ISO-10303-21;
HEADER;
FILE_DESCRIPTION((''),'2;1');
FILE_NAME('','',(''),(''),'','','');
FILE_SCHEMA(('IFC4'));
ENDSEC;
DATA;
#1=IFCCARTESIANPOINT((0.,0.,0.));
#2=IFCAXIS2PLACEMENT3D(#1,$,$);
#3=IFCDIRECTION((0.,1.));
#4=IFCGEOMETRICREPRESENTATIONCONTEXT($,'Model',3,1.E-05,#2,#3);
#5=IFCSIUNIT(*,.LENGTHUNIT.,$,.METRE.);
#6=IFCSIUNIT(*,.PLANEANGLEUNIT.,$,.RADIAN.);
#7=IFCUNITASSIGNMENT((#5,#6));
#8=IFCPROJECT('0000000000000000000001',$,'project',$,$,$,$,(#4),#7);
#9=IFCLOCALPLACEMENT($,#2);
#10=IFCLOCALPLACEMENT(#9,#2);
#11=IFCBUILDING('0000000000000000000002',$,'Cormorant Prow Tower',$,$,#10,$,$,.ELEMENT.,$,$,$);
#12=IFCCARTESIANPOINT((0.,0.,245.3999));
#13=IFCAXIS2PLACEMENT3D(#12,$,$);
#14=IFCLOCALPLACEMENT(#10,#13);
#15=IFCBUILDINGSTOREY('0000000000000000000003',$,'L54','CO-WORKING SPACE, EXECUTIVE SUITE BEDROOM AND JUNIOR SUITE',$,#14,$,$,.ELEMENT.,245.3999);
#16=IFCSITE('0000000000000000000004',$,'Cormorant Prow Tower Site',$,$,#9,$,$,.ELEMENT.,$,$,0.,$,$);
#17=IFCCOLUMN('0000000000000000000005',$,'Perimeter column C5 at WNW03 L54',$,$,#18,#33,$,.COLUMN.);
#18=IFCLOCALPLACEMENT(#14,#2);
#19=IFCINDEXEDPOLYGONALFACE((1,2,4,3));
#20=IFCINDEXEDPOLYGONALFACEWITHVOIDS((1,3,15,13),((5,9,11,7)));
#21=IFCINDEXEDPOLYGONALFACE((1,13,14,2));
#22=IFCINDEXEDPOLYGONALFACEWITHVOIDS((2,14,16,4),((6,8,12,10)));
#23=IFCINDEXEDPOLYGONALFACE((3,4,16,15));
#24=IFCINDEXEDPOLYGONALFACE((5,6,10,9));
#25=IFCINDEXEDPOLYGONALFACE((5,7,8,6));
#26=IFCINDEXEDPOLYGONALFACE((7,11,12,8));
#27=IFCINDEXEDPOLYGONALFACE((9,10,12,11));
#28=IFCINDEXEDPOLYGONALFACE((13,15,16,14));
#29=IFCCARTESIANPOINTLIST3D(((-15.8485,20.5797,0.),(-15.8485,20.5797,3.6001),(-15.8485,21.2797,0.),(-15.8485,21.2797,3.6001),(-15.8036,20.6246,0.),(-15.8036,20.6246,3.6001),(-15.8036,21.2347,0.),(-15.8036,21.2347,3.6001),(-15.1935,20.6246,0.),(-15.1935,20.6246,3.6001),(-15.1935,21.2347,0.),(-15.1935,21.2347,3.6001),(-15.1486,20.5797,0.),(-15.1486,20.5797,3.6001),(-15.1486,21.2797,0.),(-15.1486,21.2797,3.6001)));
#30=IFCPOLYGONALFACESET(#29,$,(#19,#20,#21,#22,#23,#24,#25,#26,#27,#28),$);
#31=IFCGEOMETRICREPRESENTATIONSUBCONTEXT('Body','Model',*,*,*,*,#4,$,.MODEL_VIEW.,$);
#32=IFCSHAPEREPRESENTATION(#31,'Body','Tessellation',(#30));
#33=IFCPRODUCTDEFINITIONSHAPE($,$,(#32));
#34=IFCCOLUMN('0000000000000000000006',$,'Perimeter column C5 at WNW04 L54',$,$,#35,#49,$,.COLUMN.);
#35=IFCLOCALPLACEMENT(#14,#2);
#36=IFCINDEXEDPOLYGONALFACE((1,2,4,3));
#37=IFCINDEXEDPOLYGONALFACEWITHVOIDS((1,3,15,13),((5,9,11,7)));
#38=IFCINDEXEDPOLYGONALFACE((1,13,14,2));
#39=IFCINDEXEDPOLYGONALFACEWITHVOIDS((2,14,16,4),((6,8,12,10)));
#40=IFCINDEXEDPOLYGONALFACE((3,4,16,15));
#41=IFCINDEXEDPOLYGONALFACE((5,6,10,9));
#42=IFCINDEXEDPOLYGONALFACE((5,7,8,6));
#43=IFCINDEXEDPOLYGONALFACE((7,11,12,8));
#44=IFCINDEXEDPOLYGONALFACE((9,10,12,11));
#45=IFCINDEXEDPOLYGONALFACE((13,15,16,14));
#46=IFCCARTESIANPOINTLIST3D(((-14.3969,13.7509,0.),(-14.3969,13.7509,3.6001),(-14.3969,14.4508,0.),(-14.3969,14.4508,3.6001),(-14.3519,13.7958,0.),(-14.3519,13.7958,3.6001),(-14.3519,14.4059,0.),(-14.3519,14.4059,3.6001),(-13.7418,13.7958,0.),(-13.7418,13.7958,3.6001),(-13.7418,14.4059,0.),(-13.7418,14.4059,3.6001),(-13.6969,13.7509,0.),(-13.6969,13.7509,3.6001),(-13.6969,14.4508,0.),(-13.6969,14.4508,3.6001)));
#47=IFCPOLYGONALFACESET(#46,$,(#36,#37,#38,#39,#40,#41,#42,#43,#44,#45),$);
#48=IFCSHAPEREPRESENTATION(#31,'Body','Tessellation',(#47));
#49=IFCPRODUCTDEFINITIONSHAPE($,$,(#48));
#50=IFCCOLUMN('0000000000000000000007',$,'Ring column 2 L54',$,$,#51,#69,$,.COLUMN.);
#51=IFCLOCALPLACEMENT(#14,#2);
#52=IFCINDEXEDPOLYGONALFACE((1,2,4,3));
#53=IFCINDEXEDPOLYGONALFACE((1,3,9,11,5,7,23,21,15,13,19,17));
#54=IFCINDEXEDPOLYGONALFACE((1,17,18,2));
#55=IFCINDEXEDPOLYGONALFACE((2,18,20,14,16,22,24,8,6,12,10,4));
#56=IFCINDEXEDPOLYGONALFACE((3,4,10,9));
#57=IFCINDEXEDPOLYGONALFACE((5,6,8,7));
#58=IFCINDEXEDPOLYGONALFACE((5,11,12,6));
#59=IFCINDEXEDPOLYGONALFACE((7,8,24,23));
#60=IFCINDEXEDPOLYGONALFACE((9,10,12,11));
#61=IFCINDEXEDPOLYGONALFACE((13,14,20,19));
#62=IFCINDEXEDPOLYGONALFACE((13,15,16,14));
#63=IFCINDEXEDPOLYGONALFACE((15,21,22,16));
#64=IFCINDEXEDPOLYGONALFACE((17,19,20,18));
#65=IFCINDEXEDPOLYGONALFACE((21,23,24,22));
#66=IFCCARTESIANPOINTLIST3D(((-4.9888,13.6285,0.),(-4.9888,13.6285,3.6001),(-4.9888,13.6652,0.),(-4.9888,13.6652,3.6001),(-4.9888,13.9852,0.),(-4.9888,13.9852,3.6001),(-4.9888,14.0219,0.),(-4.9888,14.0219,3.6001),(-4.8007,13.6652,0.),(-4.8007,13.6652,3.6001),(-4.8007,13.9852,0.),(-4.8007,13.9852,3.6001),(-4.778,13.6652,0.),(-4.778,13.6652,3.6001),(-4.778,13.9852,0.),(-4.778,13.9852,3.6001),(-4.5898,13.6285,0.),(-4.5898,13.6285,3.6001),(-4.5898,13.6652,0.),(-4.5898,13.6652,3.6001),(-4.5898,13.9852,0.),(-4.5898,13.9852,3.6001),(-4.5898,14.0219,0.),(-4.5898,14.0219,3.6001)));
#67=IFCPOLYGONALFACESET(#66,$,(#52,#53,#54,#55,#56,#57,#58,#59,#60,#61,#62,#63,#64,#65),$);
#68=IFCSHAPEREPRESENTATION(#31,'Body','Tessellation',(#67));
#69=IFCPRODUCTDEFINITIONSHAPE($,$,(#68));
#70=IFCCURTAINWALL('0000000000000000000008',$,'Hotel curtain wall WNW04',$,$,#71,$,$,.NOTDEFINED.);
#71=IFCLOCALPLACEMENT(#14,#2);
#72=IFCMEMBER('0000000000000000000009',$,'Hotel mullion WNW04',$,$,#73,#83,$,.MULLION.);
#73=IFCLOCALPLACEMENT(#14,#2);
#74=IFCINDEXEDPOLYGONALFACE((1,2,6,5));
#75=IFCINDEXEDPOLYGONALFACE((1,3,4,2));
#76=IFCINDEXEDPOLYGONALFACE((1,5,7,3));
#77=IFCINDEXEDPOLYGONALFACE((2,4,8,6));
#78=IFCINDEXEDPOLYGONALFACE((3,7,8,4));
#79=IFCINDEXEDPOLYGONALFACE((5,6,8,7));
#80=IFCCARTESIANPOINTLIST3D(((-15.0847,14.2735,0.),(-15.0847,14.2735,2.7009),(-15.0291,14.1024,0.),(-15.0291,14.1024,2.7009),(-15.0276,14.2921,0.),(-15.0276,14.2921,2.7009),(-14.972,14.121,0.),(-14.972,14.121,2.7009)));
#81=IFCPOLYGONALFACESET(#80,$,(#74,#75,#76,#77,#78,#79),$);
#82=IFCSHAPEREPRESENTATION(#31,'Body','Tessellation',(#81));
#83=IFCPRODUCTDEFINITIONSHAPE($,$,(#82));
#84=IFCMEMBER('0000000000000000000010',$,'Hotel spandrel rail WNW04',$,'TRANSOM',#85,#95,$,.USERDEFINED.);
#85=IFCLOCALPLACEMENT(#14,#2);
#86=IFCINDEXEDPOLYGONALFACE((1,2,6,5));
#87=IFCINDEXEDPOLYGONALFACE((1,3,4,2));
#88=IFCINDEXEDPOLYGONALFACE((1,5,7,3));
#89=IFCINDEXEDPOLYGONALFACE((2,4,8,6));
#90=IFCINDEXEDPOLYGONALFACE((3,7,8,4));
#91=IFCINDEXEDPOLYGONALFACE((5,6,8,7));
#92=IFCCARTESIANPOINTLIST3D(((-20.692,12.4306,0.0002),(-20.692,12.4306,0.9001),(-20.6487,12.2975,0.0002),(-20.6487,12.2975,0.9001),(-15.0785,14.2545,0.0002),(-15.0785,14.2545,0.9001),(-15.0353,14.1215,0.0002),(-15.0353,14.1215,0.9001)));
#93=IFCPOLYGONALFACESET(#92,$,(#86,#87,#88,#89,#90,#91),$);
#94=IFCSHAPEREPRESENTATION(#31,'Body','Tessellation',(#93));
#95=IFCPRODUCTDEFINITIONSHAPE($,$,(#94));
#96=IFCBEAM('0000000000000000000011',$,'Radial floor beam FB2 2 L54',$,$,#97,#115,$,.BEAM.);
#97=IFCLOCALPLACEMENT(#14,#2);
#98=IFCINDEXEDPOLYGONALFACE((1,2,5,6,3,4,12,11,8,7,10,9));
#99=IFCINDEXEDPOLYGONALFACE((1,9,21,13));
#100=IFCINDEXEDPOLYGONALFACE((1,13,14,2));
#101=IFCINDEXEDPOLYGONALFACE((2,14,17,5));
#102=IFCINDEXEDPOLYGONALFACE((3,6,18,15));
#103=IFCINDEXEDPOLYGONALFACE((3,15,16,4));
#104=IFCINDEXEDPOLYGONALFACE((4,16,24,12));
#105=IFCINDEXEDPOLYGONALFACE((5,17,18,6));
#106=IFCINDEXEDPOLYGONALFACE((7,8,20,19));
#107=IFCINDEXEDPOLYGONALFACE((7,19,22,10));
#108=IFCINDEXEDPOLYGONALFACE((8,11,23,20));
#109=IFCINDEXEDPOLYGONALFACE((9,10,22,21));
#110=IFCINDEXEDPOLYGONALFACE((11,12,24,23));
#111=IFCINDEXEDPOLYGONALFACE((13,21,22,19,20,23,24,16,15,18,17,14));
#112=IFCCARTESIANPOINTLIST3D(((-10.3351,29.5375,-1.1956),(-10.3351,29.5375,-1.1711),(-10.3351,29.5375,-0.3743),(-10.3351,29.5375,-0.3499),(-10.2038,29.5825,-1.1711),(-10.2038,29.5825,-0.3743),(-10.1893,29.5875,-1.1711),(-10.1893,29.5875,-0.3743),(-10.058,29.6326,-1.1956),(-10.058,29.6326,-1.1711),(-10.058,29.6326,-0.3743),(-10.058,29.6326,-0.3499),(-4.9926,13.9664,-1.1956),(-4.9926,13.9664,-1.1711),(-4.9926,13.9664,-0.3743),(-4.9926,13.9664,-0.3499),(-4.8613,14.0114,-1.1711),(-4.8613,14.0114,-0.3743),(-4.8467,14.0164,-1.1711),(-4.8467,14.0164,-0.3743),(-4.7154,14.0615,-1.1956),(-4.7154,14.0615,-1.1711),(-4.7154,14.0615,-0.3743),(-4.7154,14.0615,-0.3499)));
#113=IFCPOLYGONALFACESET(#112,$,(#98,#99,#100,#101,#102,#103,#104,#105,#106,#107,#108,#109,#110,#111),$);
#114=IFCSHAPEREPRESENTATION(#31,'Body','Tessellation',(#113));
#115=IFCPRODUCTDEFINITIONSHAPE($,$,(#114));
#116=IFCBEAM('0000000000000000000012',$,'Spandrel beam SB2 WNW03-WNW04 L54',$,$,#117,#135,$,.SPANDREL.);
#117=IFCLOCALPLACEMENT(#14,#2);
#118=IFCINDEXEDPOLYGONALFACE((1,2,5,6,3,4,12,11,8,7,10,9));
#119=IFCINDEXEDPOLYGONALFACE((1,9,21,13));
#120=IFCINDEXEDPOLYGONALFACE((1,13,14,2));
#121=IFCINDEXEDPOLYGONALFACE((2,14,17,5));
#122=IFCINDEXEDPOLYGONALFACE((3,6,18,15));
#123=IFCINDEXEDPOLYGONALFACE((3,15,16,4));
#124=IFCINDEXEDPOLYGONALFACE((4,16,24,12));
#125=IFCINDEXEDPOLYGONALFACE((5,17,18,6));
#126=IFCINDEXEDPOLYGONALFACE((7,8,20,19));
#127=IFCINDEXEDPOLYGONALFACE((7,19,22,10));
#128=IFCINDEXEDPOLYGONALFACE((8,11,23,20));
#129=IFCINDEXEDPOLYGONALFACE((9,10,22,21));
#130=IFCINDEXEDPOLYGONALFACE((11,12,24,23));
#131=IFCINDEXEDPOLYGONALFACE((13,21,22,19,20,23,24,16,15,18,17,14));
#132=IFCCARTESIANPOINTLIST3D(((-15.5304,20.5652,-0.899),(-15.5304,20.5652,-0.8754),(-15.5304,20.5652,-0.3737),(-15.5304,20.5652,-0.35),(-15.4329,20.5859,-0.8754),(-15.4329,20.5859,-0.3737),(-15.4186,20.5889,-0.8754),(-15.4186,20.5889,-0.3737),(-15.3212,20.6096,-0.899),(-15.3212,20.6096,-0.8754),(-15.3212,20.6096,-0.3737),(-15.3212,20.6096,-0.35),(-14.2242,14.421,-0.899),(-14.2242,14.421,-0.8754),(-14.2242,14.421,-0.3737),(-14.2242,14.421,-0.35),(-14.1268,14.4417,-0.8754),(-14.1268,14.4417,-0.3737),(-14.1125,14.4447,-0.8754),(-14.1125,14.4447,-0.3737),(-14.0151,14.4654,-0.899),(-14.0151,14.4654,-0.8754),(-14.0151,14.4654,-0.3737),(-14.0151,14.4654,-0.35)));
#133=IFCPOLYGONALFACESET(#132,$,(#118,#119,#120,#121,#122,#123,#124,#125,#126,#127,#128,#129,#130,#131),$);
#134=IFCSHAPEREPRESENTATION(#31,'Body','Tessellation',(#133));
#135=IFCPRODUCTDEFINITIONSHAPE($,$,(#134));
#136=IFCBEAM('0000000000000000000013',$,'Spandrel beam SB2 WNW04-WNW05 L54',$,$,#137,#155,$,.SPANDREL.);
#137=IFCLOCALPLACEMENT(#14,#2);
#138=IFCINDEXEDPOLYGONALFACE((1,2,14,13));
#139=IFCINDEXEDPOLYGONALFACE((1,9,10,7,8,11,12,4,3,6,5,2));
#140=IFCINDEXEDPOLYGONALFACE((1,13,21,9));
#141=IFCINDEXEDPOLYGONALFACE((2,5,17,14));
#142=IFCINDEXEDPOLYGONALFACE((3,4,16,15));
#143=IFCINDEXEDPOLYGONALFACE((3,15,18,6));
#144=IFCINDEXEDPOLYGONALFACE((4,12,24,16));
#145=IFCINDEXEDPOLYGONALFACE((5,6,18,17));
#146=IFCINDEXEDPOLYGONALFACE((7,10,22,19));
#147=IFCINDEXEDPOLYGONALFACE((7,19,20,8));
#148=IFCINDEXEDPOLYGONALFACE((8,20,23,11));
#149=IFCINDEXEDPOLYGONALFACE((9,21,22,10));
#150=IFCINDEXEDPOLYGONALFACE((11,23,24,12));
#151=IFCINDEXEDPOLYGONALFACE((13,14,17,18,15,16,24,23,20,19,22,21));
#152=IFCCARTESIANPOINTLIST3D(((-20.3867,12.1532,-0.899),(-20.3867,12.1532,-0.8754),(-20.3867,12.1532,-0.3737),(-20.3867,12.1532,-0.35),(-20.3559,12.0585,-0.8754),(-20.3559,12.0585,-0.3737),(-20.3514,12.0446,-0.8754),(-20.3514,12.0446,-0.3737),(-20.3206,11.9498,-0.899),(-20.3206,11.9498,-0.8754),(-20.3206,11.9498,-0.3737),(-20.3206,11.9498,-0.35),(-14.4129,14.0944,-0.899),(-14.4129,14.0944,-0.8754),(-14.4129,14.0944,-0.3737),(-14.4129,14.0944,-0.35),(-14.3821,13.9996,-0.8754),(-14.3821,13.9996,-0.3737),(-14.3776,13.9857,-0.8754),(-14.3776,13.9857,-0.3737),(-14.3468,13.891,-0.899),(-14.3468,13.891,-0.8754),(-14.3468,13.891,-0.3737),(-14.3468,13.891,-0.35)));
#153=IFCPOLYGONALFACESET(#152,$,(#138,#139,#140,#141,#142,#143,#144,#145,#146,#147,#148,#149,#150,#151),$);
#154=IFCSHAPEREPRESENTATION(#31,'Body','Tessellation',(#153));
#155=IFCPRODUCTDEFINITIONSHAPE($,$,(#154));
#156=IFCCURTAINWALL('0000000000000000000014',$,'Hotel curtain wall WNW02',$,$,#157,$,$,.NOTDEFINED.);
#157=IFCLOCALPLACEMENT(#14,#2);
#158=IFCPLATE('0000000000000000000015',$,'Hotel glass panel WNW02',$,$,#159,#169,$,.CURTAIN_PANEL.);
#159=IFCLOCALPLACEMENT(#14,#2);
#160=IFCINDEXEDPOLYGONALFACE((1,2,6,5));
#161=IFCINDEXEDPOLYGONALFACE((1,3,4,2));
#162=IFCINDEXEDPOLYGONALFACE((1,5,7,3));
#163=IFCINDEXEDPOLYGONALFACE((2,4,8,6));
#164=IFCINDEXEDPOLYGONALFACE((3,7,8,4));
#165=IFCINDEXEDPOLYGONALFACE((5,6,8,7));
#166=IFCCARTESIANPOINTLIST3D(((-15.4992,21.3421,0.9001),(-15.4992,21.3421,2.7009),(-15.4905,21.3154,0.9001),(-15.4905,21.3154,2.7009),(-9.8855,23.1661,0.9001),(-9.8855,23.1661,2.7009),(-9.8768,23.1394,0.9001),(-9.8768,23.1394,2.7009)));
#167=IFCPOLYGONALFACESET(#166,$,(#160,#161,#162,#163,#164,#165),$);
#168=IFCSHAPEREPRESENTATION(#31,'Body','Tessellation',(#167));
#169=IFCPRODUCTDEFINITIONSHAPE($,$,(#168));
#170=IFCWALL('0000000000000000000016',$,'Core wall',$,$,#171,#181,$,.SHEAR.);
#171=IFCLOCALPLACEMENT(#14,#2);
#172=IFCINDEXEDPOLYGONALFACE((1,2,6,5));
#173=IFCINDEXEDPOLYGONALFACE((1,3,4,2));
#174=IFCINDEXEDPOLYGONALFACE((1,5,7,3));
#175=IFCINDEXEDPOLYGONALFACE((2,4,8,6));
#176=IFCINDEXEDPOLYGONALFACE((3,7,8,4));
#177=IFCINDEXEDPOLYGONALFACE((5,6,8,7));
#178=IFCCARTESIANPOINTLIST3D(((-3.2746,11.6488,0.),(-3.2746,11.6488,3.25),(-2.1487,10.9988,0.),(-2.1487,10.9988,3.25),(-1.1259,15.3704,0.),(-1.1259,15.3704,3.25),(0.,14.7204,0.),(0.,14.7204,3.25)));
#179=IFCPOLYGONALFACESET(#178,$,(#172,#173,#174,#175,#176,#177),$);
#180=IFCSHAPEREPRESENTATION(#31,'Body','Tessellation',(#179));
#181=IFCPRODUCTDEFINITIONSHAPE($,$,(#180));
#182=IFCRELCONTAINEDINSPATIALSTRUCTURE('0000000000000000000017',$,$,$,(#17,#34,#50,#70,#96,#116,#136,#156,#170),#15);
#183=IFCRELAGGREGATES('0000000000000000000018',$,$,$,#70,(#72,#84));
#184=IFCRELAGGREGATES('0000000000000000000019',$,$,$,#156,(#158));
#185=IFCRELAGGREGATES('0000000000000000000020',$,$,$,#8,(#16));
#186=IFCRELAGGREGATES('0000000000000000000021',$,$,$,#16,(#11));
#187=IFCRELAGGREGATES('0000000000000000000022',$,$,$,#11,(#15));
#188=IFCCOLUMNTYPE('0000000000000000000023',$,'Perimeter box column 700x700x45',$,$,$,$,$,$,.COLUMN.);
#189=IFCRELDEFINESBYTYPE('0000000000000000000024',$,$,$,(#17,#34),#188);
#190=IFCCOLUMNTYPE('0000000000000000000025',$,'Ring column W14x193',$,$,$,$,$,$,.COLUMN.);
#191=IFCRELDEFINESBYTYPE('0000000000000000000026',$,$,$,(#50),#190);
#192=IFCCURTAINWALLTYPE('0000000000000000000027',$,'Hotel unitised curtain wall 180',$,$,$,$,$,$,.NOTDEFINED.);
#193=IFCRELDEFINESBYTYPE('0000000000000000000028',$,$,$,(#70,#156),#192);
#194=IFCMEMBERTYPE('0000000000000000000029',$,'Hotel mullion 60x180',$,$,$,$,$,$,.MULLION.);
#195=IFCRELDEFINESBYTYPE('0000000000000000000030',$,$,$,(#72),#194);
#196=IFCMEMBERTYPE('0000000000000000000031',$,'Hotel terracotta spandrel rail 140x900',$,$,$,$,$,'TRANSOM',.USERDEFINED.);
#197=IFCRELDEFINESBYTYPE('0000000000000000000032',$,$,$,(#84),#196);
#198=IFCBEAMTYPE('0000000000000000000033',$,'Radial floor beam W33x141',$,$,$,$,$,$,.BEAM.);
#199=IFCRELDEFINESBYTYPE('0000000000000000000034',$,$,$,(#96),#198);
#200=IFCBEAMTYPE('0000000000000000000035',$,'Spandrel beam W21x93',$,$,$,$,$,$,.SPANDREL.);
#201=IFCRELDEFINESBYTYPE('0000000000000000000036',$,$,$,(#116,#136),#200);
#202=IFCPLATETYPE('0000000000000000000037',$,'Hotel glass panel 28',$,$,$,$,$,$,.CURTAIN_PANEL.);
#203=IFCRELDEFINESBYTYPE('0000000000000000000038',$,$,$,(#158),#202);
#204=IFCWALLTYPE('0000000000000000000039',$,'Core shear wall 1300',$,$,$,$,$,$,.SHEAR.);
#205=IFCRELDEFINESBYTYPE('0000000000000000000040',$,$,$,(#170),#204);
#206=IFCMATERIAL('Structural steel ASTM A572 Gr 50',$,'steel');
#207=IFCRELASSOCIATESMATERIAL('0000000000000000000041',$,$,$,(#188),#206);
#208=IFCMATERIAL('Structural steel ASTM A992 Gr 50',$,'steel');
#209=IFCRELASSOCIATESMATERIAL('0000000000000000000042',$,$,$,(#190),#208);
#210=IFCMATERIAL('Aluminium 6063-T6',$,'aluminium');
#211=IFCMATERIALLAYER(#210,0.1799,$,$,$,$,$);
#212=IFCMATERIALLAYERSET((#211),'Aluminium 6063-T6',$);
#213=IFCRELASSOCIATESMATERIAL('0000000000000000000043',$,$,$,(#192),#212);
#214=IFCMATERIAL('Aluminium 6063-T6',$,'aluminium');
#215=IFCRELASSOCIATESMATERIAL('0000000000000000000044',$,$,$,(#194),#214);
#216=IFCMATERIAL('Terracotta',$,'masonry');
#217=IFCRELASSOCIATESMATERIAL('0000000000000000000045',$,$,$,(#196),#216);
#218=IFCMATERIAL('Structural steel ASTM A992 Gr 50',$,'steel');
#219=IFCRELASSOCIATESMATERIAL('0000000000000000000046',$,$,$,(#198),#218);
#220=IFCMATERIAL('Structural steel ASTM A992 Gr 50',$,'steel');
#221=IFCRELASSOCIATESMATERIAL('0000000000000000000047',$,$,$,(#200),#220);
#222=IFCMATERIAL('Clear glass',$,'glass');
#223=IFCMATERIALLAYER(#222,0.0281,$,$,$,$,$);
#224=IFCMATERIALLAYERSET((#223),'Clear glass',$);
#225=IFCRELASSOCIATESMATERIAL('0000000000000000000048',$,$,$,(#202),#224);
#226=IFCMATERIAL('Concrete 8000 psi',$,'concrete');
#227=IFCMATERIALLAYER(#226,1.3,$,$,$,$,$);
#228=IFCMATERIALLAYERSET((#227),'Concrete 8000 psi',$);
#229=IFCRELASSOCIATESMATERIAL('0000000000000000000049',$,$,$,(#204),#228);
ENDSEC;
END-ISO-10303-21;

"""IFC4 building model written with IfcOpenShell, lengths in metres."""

from ifc_helpers import new_model, si_unit, direction, frame, frame_2d, origin, origin_2d, place, context, subcontext, project, spatial, rectangle, hollow_rectangle, i_section, extrude, material, layer, layer_set, material_profile, profile_set, type_object, element, aggregate, save


model = new_model("IFC4")

# Units and contexts
model_context = context("Model", 3, precision=1e-05, world=origin(), true_north=direction((0.0, 1.0)))
body_context = subcontext(model_context, "Body", "Model", "MODEL_VIEW")
ifc_project = project(units=[si_unit("LENGTHUNIT", "METRE"), si_unit("PLANEANGLEUNIT", "RADIAN")], contexts=[model_context])

# Site, building, storey
site_placement = place(None, origin())
site = spatial("IfcSite", under=ifc_project, at=site_placement, Name="Cormorant Prow Tower Site", CompositionType="ELEMENT", RefElevation=0.0)
building_placement = place(site_placement, origin())
building = spatial("IfcBuilding", under=site, at=building_placement, Name="Cormorant Prow Tower", CompositionType="ELEMENT")
storey_placement = place(building_placement, frame((0.0, 0.0, 245.3999)))
storey = spatial("IfcBuildingStorey", under=building, at=storey_placement, Name="L54", Description="CO-WORKING SPACE, EXECUTIVE SUITE BEDROOM AND JUNIOR SUITE", CompositionType="ELEMENT", Elevation=245.3999)

# Columns
ifc_material_1 = material(Name="Structural steel ASTM A572 Gr 50", Category="steel")
ifc_material_profile_1 = material_profile(ifc_material_1, hollow_rectangle(XDim=0.7, YDim=0.7, WallThickness=0.0449, at=origin_2d()), Name="Box 700x700x45")
ifc_profile_set_1 = profile_set([ifc_material_profile_1], Name="Structural steel ASTM A572 Gr 50")
column_type_1 = type_object("IfcColumnType", Name="Perimeter box column 700x700x45", PredefinedType="COLUMN", material=ifc_profile_set_1)
for number, where, z_axis, x_axis, name in (
    (1, (-15.4985, 20.9297, 0.0), (0.0, 0.0, 1.0), (1.0, 0.0, 0.0), "Perimeter column C5 at WNW03 L54"),
    (2, (-14.0469, 14.1008, 0.0), (0.0, 0.0, 1.0), (1.0, 0.0, 0.0), "Perimeter column C5 at WNW04 L54"),
):
    element("IfcColumn", number, at=place(storey_placement, frame(where, z_axis=z_axis, x_axis=x_axis)), inside=storey, type_object=column_type_1, Name=name, PredefinedType="COLUMN", context=body_context, shape_type="SweptSolid", body=[
        extrude(hollow_rectangle(XDim=0.7, YDim=0.7, WallThickness=0.0449, at=origin_2d()), origin(), (0.0, 0.0, 1.0), 3.6001),
    ])
ifc_material_2 = material(Name="Structural steel ASTM A992 Gr 50", Category="steel")
ifc_material_profile_2 = material_profile(ifc_material_2, i_section(OverallWidth=0.3989, OverallDepth=0.3933, WebThickness=0.0227, FlangeThickness=0.0366, at=origin_2d()), Name="W14x193")
ifc_profile_set_2 = profile_set([ifc_material_profile_2], Name="Structural steel ASTM A992 Gr 50")
column_type_2 = type_object("IfcColumnType", Name="Ring column W14x193", PredefinedType="COLUMN", material=ifc_profile_set_2)
column_placement = place(storey_placement, frame((-4.7893, 13.8252, 0.0), z_axis=(0.0, 0.0, 1.0), x_axis=(1.0, 0.0, 0.0)))
element("IfcColumn", 3, at=column_placement, inside=storey, type_object=column_type_2, Name="Ring column 2 L54", PredefinedType="COLUMN", context=body_context, shape_type="SweptSolid", body=[
    extrude(i_section(OverallWidth=0.3989, OverallDepth=0.3933, WebThickness=0.0227, FlangeThickness=0.0366, at=origin_2d()), origin(), (0.0, 0.0, 1.0), 3.6001),
])

# Curtain wall, members
ifc_material_3 = material(Name="Aluminium 6063-T6", Category="aluminium")
ifc_layer_1 = layer(ifc_material_3, 0.1799)
ifc_layer_set_1 = layer_set([ifc_layer_1], Name="Aluminium 6063-T6")
curtain_wall_type = type_object("IfcCurtainWallType", Name="Hotel unitised curtain wall 180", PredefinedType="NOTDEFINED", material=ifc_layer_set_1)
curtain_wall_1_placement = place(storey_placement, origin())
curtain_wall_1 = element("IfcCurtainWall", 4, at=curtain_wall_1_placement, inside=storey, type_object=curtain_wall_type, Name="Hotel curtain wall WNW04", PredefinedType="NOTDEFINED")
ifc_material_4 = material(Name="Aluminium 6063-T6", Category="aluminium")
ifc_material_profile_3 = material_profile(ifc_material_4, rectangle(XDim=0.1799, YDim=0.0601, at=origin_2d()), Name="Hotel mullion 60x180")
ifc_profile_set_3 = profile_set([ifc_material_profile_3], Name="Aluminium 6063-T6")
member_type_1 = type_object("IfcMemberType", Name="Hotel mullion 60x180", PredefinedType="MULLION", material=ifc_profile_set_3)
member_1_placement = place(storey_placement, frame((-15.0283, 14.1973, 0.0), z_axis=(0.0, 0.0, 1.0), x_axis=(0.309017, -0.951057, 0.0)))
member_1 = element("IfcMember", 5, at=member_1_placement, type_object=member_type_1, Name="Hotel mullion WNW04", PredefinedType="MULLION", context=body_context, shape_type="SweptSolid", body=[
    extrude(rectangle(XDim=0.1799, YDim=0.0601, at=origin_2d()), origin(), (0.0, 0.0, 1.0), 2.7009),
])
ifc_material_5 = material(Name="Terracotta", Category="masonry")
ifc_material_profile_4 = material_profile(ifc_material_5, rectangle(XDim=0.1399, YDim=0.8999, at=origin_2d()), Name="Hotel terracotta spandrel rail 140x900")
ifc_profile_set_4 = profile_set([ifc_material_profile_4], Name="Terracotta")
member_type_2 = type_object("IfcMemberType", Name="Hotel terracotta spandrel rail 140x900", ElementType="TRANSOM", PredefinedType="USERDEFINED", material=ifc_profile_set_4)
member_2_placement = place(storey_placement, frame((-15.0569, 14.188, 0.4502), z_axis=(-0.951055, -0.309022, 0.0), x_axis=(0.309022, -0.951055, 0.0)))
member_2 = element("IfcMember", 6, at=member_2_placement, type_object=member_type_2, Name="Hotel spandrel rail WNW04", ObjectType="TRANSOM", PredefinedType="USERDEFINED", context=body_context, shape_type="SweptSolid", body=[
    extrude(rectangle(XDim=0.1399, YDim=0.8999, at=origin_2d()), origin(), (0.0, 0.0, 1.0), 5.9023),
])
aggregate(curtain_wall_1, [member_1, member_2])

# Beams
ifc_material_6 = material(Name="Structural steel ASTM A992 Gr 50", Category="steel")
ifc_material_profile_5 = material_profile(ifc_material_6, i_section(OverallWidth=0.293, OverallDepth=0.8457, WebThickness=0.0154, FlangeThickness=0.0244, at=origin_2d()), Name="W33x141")
ifc_profile_set_5 = profile_set([ifc_material_profile_5], Name="Structural steel ASTM A992 Gr 50")
beam_type_1 = type_object("IfcBeamType", Name="Radial floor beam W33x141", PredefinedType="BEAM", material=ifc_profile_set_5)
beam_1_placement = place(storey_placement, frame((-4.854, 14.0139, -0.7727), z_axis=(-0.324536, 0.945874, 0.0), x_axis=(-0.945874, -0.324536, 0.0)))
element("IfcBeam", 7, at=beam_1_placement, inside=storey, type_object=beam_type_1, Name="Radial floor beam FB2 2 L54", PredefinedType="BEAM", context=body_context, shape_type="SweptSolid", body=[
    extrude(i_section(OverallWidth=0.293, OverallDepth=0.8457, WebThickness=0.0154, FlangeThickness=0.0244, at=origin_2d()), origin(), (0.0, 0.0, 1.0), 16.4622),
])
ifc_material_7 = material(Name="Structural steel ASTM A992 Gr 50", Category="steel")
ifc_material_profile_6 = material_profile(ifc_material_7, i_section(OverallWidth=0.2139, OverallDepth=0.5491, WebThickness=0.0146, FlangeThickness=0.0237, at=origin_2d()), Name="W21x93")
ifc_profile_set_6 = profile_set([ifc_material_profile_6], Name="Structural steel ASTM A992 Gr 50")
beam_type_2 = type_object("IfcBeamType", Name="Spandrel beam W21x93", PredefinedType="SPANDREL", material=ifc_profile_set_6)
beam_2_placement = place(storey_placement, frame((-15.4258, 20.5874, -0.6245), z_axis=(0.207934, -0.978143, 0.0), x_axis=(0.978143, 0.207934, 0.0)))
element("IfcBeam", 8, at=beam_2_placement, inside=storey, type_object=beam_type_2, Name="Spandrel beam SB2 WNW03-WNW04 L54", PredefinedType="SPANDREL", context=body_context, shape_type="SweptSolid", body=[
    extrude(i_section(OverallWidth=0.2139, OverallDepth=0.5491, WebThickness=0.0146, FlangeThickness=0.0237, at=origin_2d()), origin(), (0.0, 0.0, 1.0), 6.2815),
])
beam_3_placement = place(storey_placement, frame((-14.3799, 13.9927, -0.6245), z_axis=(-0.95105, -0.309036, 0.0), x_axis=(0.309036, -0.95105, 0.0)))
element("IfcBeam", 9, at=beam_3_placement, inside=storey, type_object=beam_type_2, Name="Spandrel beam SB2 WNW04-WNW05 L54", PredefinedType="SPANDREL", context=body_context, shape_type="SweptSolid", body=[
    extrude(i_section(OverallWidth=0.2139, OverallDepth=0.5491, WebThickness=0.0146, FlangeThickness=0.0237, at=origin_2d()), origin(), (0.0, 0.0, 1.0), 6.2812),
])

# Curtain wall, plate
curtain_wall_2_placement = place(storey_placement, origin())
curtain_wall_2 = element("IfcCurtainWall", 10, at=curtain_wall_2_placement, inside=storey, type_object=curtain_wall_type, Name="Hotel curtain wall WNW02", PredefinedType="NOTDEFINED")
ifc_material_8 = material(Name="Clear glass", Category="glass")
ifc_layer_2 = layer(ifc_material_8, 0.0281)
ifc_layer_set_2 = layer_set([ifc_layer_2], Name="Clear glass")
plate_type = type_object("IfcPlateType", Name="Hotel glass panel 28", PredefinedType="CURTAIN_PANEL", material=ifc_layer_set_2)
plate_placement = place(storey_placement, frame((-12.688, 22.2407, 0.9001), z_axis=(0.0, 0.0, 1.0), x_axis=(-0.951057, -0.309017, 0.0)))
plate = element("IfcPlate", 11, at=plate_placement, type_object=plate_type, Name="Hotel glass panel WNW02", PredefinedType="CURTAIN_PANEL", context=body_context, shape_type="SweptSolid", body=[
    extrude(rectangle(XDim=5.9026, YDim=0.0281, at=origin_2d()), origin(), (0.0, 0.0, 1.0), 1.8008),
])
aggregate(curtain_wall_2, [plate])

# Wall
ifc_material_9 = material(Name="Concrete 8000 psi", Category="concrete")
ifc_layer_3 = layer(ifc_material_9, 1.3)
ifc_layer_set_3 = layer_set([ifc_layer_3], Name="Concrete 8000 psi")
wall_type_1 = type_object("IfcWallType", Name="Core shear wall 1300", PredefinedType="SHEAR", material=ifc_layer_set_3)
wall_1_placement = place(storey_placement, frame((-0.563, 15.0454, 0.0), z_axis=(0.0, 0.0, 1.0), x_axis=(-0.499995, -0.866029, 0.0)))
element("IfcWall", 12, at=wall_1_placement, inside=storey, type_object=wall_type_1, Name="Core wall", PredefinedType="SHEAR", context=body_context, shape_type="SweptSolid", body=[
    extrude(rectangle(XDim=4.2974, YDim=1.3, at=frame_2d((2.1487, 0.0))), origin(), (0.0, 0.0, 1.0), 3.25),
])

save(model, "model.ifc")
